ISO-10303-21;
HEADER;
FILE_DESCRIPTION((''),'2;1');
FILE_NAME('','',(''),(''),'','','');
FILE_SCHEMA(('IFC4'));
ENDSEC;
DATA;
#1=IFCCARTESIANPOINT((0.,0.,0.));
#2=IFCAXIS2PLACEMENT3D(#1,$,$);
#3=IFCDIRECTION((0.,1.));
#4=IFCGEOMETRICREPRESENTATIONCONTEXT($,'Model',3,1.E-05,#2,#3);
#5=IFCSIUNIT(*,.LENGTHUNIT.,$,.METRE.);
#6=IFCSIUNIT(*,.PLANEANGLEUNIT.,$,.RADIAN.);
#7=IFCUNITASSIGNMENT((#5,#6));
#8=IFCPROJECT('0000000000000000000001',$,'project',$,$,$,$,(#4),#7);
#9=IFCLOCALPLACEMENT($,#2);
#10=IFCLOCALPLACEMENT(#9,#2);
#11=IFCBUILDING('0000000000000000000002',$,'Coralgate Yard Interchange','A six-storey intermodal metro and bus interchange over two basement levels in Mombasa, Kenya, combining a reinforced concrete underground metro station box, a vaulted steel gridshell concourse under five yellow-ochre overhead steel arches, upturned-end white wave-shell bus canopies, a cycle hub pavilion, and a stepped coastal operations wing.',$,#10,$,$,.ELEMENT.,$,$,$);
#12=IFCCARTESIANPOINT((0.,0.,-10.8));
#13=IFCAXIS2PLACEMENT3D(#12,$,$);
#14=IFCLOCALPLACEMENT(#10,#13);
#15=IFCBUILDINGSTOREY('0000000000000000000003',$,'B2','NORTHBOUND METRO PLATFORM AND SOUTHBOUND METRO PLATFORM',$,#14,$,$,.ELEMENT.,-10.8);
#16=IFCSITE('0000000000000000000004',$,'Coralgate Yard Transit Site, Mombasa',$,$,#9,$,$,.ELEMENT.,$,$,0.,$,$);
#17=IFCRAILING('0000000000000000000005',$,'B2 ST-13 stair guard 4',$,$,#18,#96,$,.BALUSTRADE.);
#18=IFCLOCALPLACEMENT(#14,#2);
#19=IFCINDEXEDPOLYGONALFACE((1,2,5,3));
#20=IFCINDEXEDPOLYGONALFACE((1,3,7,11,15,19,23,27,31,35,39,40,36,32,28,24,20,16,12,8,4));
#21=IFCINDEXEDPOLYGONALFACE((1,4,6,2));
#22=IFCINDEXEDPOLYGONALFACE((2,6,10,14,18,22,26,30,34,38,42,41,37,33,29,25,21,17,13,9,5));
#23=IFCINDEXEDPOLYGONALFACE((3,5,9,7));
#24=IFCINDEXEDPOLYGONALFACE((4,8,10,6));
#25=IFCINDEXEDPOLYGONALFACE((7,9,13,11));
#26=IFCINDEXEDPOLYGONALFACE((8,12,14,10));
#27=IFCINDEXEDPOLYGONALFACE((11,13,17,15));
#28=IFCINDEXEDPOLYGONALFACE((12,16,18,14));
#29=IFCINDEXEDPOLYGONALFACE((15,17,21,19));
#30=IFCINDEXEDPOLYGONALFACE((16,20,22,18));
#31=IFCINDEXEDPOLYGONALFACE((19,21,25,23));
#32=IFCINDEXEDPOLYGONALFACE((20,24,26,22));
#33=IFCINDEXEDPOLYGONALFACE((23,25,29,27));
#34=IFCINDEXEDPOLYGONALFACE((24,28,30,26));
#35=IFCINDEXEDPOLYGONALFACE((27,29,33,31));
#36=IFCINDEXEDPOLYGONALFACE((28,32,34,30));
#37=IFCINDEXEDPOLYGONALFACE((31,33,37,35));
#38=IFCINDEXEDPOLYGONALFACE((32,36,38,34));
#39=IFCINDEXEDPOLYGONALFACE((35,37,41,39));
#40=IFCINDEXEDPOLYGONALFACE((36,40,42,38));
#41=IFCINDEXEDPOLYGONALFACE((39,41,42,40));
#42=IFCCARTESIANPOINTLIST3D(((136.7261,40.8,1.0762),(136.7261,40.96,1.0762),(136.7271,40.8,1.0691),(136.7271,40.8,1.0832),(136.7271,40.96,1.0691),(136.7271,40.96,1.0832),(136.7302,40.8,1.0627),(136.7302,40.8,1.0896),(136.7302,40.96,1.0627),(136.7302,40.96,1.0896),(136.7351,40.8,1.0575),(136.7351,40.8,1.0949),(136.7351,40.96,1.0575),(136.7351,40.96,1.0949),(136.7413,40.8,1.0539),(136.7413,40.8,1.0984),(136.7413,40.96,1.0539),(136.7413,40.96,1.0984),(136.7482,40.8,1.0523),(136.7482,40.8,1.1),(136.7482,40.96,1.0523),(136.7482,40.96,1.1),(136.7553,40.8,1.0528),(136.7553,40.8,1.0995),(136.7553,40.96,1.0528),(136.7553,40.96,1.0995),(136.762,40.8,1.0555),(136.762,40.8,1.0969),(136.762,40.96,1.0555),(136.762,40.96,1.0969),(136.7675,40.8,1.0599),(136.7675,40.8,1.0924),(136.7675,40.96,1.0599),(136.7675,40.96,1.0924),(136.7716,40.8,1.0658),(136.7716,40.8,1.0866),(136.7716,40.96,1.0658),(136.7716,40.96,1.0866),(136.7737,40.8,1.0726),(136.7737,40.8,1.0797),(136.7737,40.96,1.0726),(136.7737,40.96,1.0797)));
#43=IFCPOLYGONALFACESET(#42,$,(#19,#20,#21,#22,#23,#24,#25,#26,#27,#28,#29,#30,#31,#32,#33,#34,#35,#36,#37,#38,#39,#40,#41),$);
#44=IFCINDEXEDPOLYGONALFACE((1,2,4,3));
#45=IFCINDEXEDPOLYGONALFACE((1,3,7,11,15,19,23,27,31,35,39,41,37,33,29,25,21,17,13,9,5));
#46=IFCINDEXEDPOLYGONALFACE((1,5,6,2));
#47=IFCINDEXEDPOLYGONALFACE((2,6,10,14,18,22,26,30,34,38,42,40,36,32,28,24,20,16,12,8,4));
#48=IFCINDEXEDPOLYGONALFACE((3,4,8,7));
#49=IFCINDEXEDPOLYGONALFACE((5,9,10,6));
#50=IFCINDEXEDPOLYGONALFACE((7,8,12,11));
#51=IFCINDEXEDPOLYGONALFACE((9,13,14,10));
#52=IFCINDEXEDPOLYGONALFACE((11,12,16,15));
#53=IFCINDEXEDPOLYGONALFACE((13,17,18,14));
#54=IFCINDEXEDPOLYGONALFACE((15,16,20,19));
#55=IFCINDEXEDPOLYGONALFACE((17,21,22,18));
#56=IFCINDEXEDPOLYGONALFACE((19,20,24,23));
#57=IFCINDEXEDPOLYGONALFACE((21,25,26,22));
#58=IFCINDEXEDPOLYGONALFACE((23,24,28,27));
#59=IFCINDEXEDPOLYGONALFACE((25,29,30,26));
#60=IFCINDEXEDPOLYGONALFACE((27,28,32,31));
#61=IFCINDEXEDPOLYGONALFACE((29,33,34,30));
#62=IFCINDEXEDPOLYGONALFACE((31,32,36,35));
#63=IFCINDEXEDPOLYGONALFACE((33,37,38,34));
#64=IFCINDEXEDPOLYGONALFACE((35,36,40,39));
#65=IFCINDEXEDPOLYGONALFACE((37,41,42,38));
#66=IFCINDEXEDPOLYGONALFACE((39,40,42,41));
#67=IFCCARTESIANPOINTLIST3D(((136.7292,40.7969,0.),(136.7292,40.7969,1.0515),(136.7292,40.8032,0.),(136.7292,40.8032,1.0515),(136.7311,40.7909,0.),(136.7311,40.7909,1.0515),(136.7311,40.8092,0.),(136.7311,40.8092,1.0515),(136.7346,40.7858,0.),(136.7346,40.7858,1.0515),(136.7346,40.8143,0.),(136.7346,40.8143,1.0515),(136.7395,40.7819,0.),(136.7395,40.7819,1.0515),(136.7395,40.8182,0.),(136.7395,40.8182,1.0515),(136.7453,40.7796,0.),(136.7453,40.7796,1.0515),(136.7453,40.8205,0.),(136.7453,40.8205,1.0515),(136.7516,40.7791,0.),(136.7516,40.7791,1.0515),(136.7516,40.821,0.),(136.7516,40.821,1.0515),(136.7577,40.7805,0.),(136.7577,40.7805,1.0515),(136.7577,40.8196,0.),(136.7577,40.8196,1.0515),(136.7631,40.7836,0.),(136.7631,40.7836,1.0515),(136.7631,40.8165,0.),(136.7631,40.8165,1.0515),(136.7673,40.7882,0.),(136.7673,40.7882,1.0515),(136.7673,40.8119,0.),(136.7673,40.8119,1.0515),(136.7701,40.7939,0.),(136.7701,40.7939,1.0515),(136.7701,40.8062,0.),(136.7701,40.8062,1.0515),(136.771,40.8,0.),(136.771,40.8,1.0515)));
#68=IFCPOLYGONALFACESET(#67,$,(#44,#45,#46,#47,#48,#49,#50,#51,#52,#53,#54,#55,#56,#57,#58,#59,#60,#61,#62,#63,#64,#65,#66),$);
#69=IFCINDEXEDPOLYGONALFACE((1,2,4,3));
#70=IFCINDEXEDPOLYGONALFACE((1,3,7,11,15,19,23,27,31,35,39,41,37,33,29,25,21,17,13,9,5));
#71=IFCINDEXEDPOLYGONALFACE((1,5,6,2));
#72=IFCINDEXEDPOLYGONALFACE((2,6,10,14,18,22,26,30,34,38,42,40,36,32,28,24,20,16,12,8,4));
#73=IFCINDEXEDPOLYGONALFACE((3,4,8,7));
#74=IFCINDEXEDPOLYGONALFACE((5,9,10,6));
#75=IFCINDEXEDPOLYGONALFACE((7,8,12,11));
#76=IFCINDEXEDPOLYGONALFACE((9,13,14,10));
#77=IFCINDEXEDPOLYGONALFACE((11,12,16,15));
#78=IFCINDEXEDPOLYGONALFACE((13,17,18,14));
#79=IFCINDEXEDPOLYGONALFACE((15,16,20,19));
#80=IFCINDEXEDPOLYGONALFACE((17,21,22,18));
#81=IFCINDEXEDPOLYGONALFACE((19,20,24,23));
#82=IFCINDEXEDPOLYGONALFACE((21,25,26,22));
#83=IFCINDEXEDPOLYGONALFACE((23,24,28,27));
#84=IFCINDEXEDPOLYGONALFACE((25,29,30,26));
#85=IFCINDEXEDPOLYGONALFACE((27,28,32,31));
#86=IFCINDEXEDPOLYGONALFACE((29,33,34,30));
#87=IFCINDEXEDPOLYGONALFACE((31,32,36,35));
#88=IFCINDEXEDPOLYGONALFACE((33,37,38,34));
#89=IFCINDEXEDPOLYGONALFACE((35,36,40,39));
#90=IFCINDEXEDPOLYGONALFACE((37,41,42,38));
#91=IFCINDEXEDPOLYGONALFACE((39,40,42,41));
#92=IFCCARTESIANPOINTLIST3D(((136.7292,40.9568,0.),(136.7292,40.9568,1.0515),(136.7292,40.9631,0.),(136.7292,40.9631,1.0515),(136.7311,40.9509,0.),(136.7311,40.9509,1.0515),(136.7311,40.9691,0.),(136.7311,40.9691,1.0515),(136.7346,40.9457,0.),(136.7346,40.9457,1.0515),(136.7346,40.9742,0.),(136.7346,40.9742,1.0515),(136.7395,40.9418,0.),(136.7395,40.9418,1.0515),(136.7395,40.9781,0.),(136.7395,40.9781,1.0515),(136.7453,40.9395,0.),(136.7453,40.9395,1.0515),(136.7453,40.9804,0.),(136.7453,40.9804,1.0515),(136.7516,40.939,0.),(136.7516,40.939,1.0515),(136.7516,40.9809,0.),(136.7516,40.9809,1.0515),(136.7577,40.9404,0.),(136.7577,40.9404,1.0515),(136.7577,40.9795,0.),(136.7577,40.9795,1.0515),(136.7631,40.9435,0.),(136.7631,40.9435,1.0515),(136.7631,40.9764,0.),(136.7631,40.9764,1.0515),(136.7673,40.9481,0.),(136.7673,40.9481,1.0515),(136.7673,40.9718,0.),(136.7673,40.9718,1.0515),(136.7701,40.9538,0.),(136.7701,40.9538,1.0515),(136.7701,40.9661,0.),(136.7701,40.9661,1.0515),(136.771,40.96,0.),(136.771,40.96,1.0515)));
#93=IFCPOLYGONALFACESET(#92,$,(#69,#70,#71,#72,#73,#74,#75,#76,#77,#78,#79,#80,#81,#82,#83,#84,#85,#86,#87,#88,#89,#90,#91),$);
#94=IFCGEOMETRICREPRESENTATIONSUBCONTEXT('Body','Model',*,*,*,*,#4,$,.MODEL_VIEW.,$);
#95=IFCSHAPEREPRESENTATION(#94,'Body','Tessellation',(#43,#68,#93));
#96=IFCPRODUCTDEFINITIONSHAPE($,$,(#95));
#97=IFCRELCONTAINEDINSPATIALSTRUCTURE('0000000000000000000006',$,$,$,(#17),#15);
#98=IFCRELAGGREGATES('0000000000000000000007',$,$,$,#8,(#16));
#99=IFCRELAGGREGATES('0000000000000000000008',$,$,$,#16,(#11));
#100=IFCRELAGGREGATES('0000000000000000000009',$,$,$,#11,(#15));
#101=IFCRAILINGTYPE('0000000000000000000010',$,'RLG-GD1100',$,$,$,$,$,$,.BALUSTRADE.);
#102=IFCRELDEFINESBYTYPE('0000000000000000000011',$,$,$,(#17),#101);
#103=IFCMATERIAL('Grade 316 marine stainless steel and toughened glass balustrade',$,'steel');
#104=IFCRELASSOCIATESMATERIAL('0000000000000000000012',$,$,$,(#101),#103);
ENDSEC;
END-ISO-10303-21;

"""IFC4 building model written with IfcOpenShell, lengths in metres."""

from ifc_helpers import new_model, si_unit, direction, frame, origin, origin_2d, place, context, subcontext, project, spatial, circle, extrude, material, type_object, element, save


model = new_model("IFC4")

# Units and contexts
model_context = context("Model", 3, precision=1e-05, world=origin(), true_north=direction((0.0, 1.0)))
body_context = subcontext(model_context, "Body", "Model", "MODEL_VIEW")
ifc_project = project(units=[si_unit("LENGTHUNIT", "METRE"), si_unit("PLANEANGLEUNIT", "RADIAN")], contexts=[model_context])

# Site, building, storey
site_placement = place(None, origin())
site = spatial("IfcSite", under=ifc_project, at=site_placement, Name="Coralgate Yard Transit Site, Mombasa", CompositionType="ELEMENT", RefElevation=0.0)
building_placement = place(site_placement, origin())
building = spatial("IfcBuilding", under=site, at=building_placement, Name="Coralgate Yard Interchange", Description="A six-storey intermodal metro and bus interchange over two basement levels in Mombasa, Kenya, combining a reinforced concrete underground metro station box, a vaulted steel gridshell concourse under five yellow-ochre overhead steel arches, upturned-end white wave-shell bus canopies, a cycle hub pavilion, and a stepped coastal operations wing.", CompositionType="ELEMENT")
storey_placement = place(building_placement, frame((0.0, 0.0, -10.8)))
storey = spatial("IfcBuildingStorey", under=building, at=storey_placement, Name="B2", Description="NORTHBOUND METRO PLATFORM AND SOUTHBOUND METRO PLATFORM", CompositionType="ELEMENT", Elevation=-10.8)

# Railing
ifc_material_1 = material(Name="Grade 316 marine stainless steel and toughened glass balustrade", Category="steel")
railing_type_1 = type_object("IfcRailingType", Name="RLG-GD1100", PredefinedType="BALUSTRADE", material=ifc_material_1)
railing_1_placement = place(storey_placement, frame((136.75, 40.8, 0.0)))
element("IfcRailing", 1, at=railing_1_placement, inside=storey, type_object=railing_type_1, Name="B2 ST-13 stair guard 4", PredefinedType="BALUSTRADE", context=body_context, shape_type="SweptSolid", body=[
    extrude(circle(Radius=0.0239, at=origin_2d()), frame((0.0, 0.0, 1.0762), z_axis=(0.0, 1.0, 0.0), x_axis=(-1.0, 0.0, 0.0)), (0.0, 0.0, 1.0), 0.1599),
    extrude(circle(Radius=0.021, at=origin_2d()), origin(), (0.0, 0.0, 1.0), 1.0515),
    extrude(circle(Radius=0.021, at=origin_2d()), frame((0.0, 0.1599, 0.0)), (0.0, 0.0, 1.0), 1.0515),
])

save(model, "model.ifc")
